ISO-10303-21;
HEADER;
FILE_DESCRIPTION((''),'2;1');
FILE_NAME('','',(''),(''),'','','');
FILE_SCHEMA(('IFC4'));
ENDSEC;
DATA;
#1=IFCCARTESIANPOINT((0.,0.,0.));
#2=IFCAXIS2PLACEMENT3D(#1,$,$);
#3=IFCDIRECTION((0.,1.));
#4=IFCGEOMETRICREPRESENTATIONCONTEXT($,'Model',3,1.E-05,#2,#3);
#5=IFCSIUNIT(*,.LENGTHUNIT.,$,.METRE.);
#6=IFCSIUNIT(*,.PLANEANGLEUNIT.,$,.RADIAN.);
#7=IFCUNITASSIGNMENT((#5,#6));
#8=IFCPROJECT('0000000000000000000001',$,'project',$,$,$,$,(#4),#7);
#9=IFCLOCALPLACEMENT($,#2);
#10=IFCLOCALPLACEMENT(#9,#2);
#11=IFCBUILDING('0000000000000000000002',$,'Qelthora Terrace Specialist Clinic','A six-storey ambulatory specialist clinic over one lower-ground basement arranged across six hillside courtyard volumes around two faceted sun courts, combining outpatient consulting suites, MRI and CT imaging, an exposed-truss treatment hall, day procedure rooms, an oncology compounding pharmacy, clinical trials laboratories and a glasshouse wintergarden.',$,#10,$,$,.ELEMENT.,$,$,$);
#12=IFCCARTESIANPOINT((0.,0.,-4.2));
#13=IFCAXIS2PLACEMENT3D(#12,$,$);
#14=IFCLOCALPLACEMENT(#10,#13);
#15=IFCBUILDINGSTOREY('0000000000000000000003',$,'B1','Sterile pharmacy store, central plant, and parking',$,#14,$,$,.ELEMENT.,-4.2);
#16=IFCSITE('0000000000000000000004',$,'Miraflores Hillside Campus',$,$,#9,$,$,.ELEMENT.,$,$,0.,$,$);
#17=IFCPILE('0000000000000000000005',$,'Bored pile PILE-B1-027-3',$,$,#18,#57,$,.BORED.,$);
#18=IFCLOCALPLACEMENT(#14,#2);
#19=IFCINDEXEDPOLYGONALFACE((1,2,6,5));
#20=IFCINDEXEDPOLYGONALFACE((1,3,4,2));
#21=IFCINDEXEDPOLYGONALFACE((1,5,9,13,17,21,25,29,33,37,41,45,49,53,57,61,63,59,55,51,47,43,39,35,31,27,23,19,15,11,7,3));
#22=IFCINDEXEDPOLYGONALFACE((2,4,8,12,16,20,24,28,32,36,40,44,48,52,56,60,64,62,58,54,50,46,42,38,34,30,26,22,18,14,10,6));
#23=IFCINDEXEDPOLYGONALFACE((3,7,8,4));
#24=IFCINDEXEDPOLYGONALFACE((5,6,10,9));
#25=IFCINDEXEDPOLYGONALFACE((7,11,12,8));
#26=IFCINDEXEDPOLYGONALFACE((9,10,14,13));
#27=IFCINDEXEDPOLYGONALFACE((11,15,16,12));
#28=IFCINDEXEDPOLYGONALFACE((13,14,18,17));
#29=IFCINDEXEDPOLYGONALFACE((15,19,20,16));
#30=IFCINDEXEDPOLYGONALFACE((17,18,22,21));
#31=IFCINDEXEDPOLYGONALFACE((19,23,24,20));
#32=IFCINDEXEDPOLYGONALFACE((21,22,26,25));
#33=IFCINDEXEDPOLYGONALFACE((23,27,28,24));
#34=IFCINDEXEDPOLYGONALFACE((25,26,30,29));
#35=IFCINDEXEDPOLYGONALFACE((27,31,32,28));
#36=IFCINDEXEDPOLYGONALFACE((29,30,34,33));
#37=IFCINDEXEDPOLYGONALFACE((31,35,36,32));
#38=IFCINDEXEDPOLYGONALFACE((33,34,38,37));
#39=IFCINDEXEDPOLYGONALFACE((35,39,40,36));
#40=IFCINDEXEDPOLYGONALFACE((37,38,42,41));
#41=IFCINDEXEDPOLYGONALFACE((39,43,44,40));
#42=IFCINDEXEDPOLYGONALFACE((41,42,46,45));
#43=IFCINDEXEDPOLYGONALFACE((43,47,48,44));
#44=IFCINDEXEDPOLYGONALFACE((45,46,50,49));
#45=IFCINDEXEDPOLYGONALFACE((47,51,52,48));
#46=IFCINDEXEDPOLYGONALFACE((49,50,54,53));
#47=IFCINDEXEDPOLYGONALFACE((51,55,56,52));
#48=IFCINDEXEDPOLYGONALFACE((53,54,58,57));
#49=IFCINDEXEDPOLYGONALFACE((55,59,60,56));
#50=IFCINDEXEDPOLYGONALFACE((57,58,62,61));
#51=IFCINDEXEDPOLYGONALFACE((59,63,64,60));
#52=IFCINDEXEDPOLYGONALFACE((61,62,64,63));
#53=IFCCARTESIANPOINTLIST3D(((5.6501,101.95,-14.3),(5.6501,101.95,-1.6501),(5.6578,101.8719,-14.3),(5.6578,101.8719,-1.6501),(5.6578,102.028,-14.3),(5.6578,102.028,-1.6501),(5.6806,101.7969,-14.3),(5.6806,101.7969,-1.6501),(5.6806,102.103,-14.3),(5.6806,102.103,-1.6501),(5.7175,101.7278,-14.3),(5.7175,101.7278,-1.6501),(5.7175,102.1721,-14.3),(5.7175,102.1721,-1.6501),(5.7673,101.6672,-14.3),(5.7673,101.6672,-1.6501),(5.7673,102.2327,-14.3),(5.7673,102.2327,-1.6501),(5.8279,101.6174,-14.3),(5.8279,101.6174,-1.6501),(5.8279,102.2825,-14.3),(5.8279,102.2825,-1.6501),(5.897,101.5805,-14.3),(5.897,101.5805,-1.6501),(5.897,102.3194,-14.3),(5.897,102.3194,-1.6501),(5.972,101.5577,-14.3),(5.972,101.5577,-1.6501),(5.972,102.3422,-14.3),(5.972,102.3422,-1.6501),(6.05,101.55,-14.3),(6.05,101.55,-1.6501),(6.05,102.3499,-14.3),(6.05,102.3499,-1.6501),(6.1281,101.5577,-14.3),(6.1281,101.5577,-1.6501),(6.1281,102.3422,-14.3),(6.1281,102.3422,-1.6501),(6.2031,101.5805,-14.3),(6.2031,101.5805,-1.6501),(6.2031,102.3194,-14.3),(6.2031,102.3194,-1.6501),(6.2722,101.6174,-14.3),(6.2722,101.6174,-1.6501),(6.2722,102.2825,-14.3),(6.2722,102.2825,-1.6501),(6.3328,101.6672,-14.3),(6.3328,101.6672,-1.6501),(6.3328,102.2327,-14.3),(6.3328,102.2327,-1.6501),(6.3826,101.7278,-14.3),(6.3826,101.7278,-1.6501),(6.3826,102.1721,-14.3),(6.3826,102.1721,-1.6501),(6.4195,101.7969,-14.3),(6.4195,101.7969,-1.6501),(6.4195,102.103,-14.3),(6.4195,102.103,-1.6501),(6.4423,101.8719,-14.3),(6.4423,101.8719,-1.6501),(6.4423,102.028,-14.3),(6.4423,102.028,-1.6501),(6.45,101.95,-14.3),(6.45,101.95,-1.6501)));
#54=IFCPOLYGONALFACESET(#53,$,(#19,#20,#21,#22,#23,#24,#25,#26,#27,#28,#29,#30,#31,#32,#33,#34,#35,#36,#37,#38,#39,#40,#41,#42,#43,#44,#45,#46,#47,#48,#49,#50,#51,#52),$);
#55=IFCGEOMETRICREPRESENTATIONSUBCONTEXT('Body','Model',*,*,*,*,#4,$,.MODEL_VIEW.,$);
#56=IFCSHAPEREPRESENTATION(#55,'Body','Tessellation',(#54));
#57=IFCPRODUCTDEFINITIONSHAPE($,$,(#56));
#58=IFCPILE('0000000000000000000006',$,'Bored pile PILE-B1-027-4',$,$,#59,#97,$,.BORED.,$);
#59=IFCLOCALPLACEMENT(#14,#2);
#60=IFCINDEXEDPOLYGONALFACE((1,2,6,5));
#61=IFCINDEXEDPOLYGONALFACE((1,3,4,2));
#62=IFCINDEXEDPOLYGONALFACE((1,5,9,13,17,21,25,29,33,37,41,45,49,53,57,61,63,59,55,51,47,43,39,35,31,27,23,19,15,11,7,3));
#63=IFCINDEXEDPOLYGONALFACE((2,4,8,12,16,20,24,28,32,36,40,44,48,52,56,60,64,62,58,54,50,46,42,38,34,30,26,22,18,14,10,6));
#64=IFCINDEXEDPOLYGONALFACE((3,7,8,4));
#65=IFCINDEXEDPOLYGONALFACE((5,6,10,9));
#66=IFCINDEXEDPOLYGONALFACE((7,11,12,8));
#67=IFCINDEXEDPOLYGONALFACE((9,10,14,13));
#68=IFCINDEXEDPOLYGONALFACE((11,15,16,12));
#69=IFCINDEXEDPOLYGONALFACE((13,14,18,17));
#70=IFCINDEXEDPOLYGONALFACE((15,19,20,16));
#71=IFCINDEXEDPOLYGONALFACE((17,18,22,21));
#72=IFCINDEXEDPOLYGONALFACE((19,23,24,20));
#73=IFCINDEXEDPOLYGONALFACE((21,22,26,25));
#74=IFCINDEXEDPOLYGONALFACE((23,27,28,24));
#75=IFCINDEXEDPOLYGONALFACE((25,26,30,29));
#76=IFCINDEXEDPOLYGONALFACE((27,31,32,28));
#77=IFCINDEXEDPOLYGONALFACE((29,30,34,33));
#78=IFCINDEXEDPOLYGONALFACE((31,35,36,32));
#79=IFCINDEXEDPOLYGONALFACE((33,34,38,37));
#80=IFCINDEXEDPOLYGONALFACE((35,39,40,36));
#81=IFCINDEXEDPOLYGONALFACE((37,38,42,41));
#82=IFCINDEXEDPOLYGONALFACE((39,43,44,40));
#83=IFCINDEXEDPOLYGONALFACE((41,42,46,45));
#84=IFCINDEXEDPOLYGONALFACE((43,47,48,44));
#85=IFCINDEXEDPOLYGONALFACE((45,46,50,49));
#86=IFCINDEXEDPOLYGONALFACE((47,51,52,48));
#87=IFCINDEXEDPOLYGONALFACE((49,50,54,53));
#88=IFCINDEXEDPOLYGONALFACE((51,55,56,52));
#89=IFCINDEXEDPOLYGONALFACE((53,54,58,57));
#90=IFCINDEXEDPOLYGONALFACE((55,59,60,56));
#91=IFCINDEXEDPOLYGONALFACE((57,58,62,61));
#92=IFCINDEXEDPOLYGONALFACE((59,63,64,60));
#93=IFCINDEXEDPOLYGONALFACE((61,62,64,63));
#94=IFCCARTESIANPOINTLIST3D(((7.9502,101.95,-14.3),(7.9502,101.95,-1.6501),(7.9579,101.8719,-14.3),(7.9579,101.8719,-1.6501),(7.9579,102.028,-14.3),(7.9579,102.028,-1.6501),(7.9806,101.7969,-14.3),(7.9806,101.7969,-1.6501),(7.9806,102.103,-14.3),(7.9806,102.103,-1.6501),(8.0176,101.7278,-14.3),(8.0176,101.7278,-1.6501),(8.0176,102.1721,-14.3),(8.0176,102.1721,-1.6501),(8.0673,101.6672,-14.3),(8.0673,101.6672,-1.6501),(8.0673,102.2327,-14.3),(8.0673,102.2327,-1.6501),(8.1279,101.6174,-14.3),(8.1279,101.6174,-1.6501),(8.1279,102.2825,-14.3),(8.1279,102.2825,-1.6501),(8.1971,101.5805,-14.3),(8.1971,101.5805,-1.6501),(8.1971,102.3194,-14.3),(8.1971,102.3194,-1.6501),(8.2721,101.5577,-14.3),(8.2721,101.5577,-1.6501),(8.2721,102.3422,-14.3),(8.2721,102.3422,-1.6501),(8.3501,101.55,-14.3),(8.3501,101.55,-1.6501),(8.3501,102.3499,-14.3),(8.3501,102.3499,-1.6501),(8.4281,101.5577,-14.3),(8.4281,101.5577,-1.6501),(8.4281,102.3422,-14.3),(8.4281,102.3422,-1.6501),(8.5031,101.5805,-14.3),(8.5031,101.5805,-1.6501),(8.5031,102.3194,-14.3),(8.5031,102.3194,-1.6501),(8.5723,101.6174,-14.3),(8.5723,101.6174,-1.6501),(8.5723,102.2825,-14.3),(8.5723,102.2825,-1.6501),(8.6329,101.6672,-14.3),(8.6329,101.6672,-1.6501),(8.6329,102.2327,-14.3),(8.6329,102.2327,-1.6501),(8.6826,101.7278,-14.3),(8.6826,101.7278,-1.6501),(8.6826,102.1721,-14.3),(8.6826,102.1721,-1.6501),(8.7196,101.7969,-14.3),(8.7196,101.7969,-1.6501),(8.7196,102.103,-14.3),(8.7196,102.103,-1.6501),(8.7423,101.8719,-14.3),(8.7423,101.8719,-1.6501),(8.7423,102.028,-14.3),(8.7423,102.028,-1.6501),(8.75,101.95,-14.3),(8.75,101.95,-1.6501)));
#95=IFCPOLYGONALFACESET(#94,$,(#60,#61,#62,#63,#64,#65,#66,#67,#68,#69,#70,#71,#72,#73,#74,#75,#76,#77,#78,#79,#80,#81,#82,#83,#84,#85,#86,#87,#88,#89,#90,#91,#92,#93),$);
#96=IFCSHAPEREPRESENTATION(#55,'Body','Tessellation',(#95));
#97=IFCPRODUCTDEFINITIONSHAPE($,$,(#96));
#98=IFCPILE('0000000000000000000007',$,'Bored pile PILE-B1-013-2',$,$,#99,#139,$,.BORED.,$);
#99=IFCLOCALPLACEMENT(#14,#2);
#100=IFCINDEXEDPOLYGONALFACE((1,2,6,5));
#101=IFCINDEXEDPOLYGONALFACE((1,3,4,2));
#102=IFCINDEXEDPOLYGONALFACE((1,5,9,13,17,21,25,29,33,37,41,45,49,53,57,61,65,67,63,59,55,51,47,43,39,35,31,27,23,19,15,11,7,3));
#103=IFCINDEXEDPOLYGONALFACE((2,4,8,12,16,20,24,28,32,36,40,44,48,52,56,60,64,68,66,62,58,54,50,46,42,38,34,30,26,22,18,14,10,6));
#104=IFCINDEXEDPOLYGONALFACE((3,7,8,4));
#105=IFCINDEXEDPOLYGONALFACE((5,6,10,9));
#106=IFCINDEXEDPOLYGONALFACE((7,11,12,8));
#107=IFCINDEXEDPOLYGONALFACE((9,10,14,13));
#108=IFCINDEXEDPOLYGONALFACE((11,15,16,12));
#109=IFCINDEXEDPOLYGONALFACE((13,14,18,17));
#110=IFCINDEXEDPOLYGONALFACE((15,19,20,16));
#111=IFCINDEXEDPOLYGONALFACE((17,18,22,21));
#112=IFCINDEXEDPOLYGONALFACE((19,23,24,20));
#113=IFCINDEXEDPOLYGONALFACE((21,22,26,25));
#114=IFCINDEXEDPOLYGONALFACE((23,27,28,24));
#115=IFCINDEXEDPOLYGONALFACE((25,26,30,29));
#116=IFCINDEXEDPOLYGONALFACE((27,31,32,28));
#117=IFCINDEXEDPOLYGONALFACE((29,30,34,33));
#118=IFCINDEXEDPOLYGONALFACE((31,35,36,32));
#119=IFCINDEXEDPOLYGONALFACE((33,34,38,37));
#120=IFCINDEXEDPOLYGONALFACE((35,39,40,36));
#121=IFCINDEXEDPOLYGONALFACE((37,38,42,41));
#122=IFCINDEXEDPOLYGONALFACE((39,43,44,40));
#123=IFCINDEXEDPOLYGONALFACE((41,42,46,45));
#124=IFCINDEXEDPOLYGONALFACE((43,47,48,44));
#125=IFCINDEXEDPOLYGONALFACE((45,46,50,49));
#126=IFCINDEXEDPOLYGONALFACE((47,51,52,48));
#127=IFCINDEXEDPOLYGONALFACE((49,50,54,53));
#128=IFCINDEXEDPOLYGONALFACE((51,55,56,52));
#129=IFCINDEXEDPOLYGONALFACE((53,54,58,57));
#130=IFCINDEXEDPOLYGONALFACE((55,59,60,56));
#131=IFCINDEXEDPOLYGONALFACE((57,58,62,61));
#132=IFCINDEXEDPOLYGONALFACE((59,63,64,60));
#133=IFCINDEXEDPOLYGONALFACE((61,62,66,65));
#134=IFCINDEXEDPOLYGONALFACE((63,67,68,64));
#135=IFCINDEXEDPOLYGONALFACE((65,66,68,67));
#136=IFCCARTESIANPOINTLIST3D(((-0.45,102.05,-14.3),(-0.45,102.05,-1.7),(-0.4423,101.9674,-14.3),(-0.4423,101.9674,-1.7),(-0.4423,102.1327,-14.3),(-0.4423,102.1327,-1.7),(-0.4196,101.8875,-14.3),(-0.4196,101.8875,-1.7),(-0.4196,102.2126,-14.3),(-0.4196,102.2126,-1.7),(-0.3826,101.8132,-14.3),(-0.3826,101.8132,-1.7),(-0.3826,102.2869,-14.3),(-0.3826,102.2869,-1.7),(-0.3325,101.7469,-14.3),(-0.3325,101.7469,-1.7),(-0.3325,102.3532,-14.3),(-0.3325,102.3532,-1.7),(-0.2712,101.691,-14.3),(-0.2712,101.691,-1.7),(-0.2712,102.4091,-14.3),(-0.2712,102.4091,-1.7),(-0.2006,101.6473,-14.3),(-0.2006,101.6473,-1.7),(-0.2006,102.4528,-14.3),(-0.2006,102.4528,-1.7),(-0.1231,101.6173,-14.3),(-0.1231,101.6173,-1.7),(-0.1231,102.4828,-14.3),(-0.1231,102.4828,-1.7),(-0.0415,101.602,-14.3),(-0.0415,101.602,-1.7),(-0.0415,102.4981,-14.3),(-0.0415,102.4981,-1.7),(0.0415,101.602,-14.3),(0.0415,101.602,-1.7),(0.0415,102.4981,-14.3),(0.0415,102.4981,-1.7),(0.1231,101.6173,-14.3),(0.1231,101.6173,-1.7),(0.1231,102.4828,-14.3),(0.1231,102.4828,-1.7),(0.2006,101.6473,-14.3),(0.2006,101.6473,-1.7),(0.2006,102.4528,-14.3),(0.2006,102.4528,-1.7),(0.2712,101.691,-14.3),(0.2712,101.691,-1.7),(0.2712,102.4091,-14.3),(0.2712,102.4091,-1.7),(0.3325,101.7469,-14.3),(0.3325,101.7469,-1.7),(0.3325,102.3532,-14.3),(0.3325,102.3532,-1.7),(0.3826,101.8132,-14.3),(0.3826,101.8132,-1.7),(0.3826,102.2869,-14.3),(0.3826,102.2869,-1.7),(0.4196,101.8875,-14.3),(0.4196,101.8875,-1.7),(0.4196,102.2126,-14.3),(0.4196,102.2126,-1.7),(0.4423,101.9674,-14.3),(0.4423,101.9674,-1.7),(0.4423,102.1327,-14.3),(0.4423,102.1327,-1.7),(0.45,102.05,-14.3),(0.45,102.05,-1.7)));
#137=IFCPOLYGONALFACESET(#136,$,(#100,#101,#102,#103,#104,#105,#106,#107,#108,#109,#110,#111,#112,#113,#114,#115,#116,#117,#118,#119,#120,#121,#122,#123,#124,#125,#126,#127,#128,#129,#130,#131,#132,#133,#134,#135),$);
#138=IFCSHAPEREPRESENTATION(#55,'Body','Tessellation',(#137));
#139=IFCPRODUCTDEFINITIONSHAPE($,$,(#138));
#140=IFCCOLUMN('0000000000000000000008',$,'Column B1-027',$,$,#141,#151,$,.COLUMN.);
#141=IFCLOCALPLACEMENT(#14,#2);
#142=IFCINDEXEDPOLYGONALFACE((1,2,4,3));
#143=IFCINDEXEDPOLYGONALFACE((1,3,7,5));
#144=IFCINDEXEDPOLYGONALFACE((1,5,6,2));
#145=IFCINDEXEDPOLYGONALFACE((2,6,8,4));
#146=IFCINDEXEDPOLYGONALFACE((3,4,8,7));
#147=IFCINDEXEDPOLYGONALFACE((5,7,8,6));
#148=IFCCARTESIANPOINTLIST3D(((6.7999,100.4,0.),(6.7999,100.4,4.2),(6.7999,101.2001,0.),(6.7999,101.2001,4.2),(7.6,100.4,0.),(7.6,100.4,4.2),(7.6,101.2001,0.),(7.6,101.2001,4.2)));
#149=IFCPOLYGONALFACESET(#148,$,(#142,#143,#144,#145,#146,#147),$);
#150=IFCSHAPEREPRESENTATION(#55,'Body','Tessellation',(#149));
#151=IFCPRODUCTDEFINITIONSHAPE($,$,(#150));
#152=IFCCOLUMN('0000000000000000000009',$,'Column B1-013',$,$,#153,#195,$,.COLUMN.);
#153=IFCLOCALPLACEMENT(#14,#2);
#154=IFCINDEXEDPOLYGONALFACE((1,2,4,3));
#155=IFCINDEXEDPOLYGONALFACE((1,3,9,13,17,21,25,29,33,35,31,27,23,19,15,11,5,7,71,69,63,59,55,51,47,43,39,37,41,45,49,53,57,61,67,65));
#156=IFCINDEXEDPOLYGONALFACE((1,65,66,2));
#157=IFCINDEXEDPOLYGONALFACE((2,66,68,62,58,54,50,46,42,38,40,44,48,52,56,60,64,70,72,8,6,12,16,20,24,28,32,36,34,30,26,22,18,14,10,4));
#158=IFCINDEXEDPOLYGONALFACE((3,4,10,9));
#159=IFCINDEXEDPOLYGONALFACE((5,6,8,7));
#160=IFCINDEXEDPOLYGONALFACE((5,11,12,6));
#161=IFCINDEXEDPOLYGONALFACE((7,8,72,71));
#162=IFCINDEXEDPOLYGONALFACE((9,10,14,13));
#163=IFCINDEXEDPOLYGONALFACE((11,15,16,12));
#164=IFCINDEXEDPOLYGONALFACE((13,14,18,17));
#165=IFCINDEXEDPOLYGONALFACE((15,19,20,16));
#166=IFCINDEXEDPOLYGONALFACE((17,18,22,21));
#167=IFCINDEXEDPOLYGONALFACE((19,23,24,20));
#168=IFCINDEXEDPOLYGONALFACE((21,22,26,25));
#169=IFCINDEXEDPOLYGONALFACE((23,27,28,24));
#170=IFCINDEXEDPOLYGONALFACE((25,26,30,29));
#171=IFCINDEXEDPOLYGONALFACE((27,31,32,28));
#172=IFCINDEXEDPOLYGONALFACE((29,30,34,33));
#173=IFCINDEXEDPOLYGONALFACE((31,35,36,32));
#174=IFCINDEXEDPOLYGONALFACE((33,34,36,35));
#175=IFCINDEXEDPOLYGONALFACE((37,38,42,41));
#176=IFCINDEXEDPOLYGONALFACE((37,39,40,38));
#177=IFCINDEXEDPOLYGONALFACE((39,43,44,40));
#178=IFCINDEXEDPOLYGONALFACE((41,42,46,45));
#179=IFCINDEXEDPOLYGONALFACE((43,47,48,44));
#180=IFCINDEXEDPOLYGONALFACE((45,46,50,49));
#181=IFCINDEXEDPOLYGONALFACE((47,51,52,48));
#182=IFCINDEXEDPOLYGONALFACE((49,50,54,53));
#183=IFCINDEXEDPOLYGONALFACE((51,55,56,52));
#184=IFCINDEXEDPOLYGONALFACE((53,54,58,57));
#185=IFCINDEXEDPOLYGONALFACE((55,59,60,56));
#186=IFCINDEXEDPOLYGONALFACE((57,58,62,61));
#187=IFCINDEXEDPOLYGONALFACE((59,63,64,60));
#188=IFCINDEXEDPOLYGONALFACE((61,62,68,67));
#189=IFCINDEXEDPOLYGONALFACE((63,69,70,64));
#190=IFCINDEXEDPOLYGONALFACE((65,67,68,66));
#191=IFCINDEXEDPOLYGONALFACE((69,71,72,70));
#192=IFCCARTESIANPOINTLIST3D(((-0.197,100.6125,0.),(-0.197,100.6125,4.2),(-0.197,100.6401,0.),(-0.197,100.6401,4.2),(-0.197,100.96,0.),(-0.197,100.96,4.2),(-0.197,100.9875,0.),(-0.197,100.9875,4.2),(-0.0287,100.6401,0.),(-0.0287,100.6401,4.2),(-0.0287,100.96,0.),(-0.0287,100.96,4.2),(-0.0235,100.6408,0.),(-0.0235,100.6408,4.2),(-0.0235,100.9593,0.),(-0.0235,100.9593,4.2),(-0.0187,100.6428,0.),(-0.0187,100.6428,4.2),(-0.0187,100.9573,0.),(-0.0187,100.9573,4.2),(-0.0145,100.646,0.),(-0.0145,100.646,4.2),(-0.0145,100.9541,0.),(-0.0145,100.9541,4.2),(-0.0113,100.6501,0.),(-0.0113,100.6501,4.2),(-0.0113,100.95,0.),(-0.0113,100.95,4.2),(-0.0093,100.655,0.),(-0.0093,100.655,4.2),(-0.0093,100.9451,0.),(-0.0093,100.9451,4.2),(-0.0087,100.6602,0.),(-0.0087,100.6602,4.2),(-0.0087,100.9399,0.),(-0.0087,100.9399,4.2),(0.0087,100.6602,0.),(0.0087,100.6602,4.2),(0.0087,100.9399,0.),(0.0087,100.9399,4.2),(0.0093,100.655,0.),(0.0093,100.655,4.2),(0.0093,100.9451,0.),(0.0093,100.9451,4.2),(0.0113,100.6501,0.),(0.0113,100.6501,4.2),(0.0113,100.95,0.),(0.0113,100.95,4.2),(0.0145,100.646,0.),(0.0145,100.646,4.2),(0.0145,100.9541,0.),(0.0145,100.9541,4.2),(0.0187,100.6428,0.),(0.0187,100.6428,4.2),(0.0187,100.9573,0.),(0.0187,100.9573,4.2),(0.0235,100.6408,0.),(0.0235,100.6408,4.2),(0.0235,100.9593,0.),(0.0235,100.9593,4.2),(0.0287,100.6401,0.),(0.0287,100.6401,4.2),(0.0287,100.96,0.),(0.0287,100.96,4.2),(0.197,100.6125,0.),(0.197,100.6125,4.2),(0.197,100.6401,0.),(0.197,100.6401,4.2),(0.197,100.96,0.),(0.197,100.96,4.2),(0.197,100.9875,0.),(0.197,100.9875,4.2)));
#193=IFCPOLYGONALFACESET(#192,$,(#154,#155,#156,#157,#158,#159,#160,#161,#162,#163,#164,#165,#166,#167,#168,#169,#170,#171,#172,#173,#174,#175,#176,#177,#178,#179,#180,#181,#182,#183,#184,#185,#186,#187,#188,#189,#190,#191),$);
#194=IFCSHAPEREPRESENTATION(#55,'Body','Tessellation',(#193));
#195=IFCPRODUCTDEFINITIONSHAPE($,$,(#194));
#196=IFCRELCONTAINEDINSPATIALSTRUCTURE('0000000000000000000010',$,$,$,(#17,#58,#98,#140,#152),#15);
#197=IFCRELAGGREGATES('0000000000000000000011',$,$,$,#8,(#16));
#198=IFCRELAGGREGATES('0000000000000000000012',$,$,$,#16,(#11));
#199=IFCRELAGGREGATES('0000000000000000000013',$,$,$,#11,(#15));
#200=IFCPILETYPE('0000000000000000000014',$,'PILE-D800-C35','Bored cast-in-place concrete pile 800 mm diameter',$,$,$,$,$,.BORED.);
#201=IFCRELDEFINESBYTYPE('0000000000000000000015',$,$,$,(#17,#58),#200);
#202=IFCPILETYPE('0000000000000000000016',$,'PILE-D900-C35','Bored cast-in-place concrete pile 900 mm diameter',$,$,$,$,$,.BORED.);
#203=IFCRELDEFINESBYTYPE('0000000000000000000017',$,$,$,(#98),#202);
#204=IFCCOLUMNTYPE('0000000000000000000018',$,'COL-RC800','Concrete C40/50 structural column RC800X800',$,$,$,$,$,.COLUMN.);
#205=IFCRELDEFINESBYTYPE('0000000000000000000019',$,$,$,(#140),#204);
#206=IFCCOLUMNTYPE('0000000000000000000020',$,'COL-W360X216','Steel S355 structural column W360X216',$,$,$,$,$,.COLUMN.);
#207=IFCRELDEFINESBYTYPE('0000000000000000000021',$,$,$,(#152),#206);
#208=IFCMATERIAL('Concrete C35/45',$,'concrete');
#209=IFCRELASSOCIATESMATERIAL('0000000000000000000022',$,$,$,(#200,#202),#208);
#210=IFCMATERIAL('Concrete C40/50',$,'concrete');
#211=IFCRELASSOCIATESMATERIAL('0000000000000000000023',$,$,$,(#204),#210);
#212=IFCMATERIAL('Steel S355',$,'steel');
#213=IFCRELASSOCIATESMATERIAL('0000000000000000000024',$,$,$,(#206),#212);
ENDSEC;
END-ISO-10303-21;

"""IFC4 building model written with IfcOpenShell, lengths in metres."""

from ifc_helpers import new_model, si_unit, direction, frame, origin, origin_2d, place, context, subcontext, project, spatial, rectangle, circle, i_section, extrude, material, material_profile, profile_set, type_object, element, save


model = new_model("IFC4")

# Units and contexts
model_context = context("Model", 3, precision=1e-05, world=origin(), true_north=direction((0.0, 1.0)))
body_context = subcontext(model_context, "Body", "Model", "MODEL_VIEW")
ifc_project = project(units=[si_unit("LENGTHUNIT", "METRE"), si_unit("PLANEANGLEUNIT", "RADIAN")], contexts=[model_context])

# Site, building, storey
site_placement = place(None, origin())
site = spatial("IfcSite", under=ifc_project, at=site_placement, Name="Miraflores Hillside Campus", CompositionType="ELEMENT", RefElevation=0.0)
building_placement = place(site_placement, origin())
building = spatial("IfcBuilding", under=site, at=building_placement, Name="Qelthora Terrace Specialist Clinic", Description="A six-storey ambulatory specialist clinic over one lower-ground basement arranged across six hillside courtyard volumes around two faceted sun courts, combining outpatient consulting suites, MRI and CT imaging, an exposed-truss treatment hall, day procedure rooms, an oncology compounding pharmacy, clinical trials laboratories and a glasshouse wintergarden.", CompositionType="ELEMENT")
storey_placement = place(building_placement, frame((0.0, 0.0, -4.2)))
storey = spatial("IfcBuildingStorey", under=building, at=storey_placement, Name="B1", Description="Sterile pharmacy store, central plant, and parking", CompositionType="ELEMENT", Elevation=-4.2)

# Shared definitions
ifc_material_1 = material(Name="Concrete C35/45", Category="concrete")

# Piles
ifc_material_profile_1 = material_profile(ifc_material_1, circle(Radius=0.3999, at=origin_2d()), Name="PILE800")
ifc_profile_set_1 = profile_set([ifc_material_profile_1], Name="Concrete C35/45")
pile_type_1 = type_object("IfcPileType", Name="PILE-D800-C35", Description="Bored cast-in-place concrete pile 800 mm diameter", PredefinedType="BORED", material=ifc_profile_set_1)
for number, where, z_axis, x_axis, name in (
    (1, (6.05, 101.95, -1.6501), (0.0, 0.0, -1.0), (1.0, 0.0, 0.0), "Bored pile PILE-B1-027-3"),
    (2, (8.3501, 101.95, -1.6501), (0.0, 0.0, -1.0), (1.0, 0.0, 0.0), "Bored pile PILE-B1-027-4"),
):
    element("IfcPile", number, at=place(storey_placement, frame(where, z_axis=z_axis, x_axis=x_axis)), inside=storey, type_object=pile_type_1, Name=name, PredefinedType="BORED", context=body_context, shape_type="SweptSolid", body=[
        extrude(circle(Radius=0.3999, at=origin_2d()), origin(), (0.0, 0.0, 1.0), 12.6499),
    ])
ifc_material_profile_2 = material_profile(ifc_material_1, circle(Radius=0.45, at=origin_2d()), Name="PILE900")
ifc_profile_set_2 = profile_set([ifc_material_profile_2], Name="Concrete C35/45")
pile_type_2 = type_object("IfcPileType", Name="PILE-D900-C35", Description="Bored cast-in-place concrete pile 900 mm diameter", PredefinedType="BORED", material=ifc_profile_set_2)
pile_placement = place(storey_placement, frame((0.0, 102.05, -1.7), z_axis=(0.0, 0.0, -1.0), x_axis=(1.0, 0.0, 0.0)))
element("IfcPile", 3, at=pile_placement, inside=storey, type_object=pile_type_2, Name="Bored pile PILE-B1-013-2", PredefinedType="BORED", context=body_context, shape_type="SweptSolid", body=[
    extrude(circle(Radius=0.45, at=origin_2d()), origin(), (0.0, 0.0, 1.0), 12.6001),
])

# Columns
ifc_material_2 = material(Name="Concrete C40/50", Category="concrete")
ifc_material_profile_3 = material_profile(ifc_material_2, rectangle(XDim=0.8, YDim=0.8, at=origin_2d()), Name="RC800X800")
ifc_profile_set_3 = profile_set([ifc_material_profile_3], Name="Concrete C40/50")
column_type_1 = type_object("IfcColumnType", Name="COL-RC800", Description="Concrete C40/50 structural column RC800X800", PredefinedType="COLUMN", material=ifc_profile_set_3)
column_1_placement = place(storey_placement, frame((7.2, 100.8, 0.0), z_axis=(0.0, 0.0, 1.0), x_axis=(1.0, 0.0, 0.0)))
element("IfcColumn", 4, at=column_1_placement, inside=storey, type_object=column_type_1, Name="Column B1-027", PredefinedType="COLUMN", context=body_context, shape_type="SweptSolid", body=[
    extrude(rectangle(XDim=0.8, YDim=0.8, at=origin_2d()), origin(), (0.0, 0.0, 1.0), 4.2),
])
ifc_material_3 = material(Name="Steel S355", Category="steel")
ifc_material_profile_4 = material_profile(ifc_material_3, i_section(OverallWidth=0.394, OverallDepth=0.375, WebThickness=0.0173, FlangeThickness=0.0276, FilletRadius=0.02, at=origin_2d()), Name="W360X216")
ifc_profile_set_4 = profile_set([ifc_material_profile_4], Name="Steel S355")
column_type_2 = type_object("IfcColumnType", Name="COL-W360X216", Description="Steel S355 structural column W360X216", PredefinedType="COLUMN", material=ifc_profile_set_4)
column_2_placement = place(storey_placement, frame((0.0, 100.8, 0.0), z_axis=(0.0, 0.0, 1.0), x_axis=(1.0, 0.0, 0.0)))
element("IfcColumn", 5, at=column_2_placement, inside=storey, type_object=column_type_2, Name="Column B1-013", PredefinedType="COLUMN", context=body_context, shape_type="SweptSolid", body=[
    extrude(i_section(OverallWidth=0.394, OverallDepth=0.375, WebThickness=0.0173, FlangeThickness=0.0276, FilletRadius=0.02, at=origin_2d()), origin(), (0.0, 0.0, 1.0), 4.2),
])

save(model, "model.ifc")
